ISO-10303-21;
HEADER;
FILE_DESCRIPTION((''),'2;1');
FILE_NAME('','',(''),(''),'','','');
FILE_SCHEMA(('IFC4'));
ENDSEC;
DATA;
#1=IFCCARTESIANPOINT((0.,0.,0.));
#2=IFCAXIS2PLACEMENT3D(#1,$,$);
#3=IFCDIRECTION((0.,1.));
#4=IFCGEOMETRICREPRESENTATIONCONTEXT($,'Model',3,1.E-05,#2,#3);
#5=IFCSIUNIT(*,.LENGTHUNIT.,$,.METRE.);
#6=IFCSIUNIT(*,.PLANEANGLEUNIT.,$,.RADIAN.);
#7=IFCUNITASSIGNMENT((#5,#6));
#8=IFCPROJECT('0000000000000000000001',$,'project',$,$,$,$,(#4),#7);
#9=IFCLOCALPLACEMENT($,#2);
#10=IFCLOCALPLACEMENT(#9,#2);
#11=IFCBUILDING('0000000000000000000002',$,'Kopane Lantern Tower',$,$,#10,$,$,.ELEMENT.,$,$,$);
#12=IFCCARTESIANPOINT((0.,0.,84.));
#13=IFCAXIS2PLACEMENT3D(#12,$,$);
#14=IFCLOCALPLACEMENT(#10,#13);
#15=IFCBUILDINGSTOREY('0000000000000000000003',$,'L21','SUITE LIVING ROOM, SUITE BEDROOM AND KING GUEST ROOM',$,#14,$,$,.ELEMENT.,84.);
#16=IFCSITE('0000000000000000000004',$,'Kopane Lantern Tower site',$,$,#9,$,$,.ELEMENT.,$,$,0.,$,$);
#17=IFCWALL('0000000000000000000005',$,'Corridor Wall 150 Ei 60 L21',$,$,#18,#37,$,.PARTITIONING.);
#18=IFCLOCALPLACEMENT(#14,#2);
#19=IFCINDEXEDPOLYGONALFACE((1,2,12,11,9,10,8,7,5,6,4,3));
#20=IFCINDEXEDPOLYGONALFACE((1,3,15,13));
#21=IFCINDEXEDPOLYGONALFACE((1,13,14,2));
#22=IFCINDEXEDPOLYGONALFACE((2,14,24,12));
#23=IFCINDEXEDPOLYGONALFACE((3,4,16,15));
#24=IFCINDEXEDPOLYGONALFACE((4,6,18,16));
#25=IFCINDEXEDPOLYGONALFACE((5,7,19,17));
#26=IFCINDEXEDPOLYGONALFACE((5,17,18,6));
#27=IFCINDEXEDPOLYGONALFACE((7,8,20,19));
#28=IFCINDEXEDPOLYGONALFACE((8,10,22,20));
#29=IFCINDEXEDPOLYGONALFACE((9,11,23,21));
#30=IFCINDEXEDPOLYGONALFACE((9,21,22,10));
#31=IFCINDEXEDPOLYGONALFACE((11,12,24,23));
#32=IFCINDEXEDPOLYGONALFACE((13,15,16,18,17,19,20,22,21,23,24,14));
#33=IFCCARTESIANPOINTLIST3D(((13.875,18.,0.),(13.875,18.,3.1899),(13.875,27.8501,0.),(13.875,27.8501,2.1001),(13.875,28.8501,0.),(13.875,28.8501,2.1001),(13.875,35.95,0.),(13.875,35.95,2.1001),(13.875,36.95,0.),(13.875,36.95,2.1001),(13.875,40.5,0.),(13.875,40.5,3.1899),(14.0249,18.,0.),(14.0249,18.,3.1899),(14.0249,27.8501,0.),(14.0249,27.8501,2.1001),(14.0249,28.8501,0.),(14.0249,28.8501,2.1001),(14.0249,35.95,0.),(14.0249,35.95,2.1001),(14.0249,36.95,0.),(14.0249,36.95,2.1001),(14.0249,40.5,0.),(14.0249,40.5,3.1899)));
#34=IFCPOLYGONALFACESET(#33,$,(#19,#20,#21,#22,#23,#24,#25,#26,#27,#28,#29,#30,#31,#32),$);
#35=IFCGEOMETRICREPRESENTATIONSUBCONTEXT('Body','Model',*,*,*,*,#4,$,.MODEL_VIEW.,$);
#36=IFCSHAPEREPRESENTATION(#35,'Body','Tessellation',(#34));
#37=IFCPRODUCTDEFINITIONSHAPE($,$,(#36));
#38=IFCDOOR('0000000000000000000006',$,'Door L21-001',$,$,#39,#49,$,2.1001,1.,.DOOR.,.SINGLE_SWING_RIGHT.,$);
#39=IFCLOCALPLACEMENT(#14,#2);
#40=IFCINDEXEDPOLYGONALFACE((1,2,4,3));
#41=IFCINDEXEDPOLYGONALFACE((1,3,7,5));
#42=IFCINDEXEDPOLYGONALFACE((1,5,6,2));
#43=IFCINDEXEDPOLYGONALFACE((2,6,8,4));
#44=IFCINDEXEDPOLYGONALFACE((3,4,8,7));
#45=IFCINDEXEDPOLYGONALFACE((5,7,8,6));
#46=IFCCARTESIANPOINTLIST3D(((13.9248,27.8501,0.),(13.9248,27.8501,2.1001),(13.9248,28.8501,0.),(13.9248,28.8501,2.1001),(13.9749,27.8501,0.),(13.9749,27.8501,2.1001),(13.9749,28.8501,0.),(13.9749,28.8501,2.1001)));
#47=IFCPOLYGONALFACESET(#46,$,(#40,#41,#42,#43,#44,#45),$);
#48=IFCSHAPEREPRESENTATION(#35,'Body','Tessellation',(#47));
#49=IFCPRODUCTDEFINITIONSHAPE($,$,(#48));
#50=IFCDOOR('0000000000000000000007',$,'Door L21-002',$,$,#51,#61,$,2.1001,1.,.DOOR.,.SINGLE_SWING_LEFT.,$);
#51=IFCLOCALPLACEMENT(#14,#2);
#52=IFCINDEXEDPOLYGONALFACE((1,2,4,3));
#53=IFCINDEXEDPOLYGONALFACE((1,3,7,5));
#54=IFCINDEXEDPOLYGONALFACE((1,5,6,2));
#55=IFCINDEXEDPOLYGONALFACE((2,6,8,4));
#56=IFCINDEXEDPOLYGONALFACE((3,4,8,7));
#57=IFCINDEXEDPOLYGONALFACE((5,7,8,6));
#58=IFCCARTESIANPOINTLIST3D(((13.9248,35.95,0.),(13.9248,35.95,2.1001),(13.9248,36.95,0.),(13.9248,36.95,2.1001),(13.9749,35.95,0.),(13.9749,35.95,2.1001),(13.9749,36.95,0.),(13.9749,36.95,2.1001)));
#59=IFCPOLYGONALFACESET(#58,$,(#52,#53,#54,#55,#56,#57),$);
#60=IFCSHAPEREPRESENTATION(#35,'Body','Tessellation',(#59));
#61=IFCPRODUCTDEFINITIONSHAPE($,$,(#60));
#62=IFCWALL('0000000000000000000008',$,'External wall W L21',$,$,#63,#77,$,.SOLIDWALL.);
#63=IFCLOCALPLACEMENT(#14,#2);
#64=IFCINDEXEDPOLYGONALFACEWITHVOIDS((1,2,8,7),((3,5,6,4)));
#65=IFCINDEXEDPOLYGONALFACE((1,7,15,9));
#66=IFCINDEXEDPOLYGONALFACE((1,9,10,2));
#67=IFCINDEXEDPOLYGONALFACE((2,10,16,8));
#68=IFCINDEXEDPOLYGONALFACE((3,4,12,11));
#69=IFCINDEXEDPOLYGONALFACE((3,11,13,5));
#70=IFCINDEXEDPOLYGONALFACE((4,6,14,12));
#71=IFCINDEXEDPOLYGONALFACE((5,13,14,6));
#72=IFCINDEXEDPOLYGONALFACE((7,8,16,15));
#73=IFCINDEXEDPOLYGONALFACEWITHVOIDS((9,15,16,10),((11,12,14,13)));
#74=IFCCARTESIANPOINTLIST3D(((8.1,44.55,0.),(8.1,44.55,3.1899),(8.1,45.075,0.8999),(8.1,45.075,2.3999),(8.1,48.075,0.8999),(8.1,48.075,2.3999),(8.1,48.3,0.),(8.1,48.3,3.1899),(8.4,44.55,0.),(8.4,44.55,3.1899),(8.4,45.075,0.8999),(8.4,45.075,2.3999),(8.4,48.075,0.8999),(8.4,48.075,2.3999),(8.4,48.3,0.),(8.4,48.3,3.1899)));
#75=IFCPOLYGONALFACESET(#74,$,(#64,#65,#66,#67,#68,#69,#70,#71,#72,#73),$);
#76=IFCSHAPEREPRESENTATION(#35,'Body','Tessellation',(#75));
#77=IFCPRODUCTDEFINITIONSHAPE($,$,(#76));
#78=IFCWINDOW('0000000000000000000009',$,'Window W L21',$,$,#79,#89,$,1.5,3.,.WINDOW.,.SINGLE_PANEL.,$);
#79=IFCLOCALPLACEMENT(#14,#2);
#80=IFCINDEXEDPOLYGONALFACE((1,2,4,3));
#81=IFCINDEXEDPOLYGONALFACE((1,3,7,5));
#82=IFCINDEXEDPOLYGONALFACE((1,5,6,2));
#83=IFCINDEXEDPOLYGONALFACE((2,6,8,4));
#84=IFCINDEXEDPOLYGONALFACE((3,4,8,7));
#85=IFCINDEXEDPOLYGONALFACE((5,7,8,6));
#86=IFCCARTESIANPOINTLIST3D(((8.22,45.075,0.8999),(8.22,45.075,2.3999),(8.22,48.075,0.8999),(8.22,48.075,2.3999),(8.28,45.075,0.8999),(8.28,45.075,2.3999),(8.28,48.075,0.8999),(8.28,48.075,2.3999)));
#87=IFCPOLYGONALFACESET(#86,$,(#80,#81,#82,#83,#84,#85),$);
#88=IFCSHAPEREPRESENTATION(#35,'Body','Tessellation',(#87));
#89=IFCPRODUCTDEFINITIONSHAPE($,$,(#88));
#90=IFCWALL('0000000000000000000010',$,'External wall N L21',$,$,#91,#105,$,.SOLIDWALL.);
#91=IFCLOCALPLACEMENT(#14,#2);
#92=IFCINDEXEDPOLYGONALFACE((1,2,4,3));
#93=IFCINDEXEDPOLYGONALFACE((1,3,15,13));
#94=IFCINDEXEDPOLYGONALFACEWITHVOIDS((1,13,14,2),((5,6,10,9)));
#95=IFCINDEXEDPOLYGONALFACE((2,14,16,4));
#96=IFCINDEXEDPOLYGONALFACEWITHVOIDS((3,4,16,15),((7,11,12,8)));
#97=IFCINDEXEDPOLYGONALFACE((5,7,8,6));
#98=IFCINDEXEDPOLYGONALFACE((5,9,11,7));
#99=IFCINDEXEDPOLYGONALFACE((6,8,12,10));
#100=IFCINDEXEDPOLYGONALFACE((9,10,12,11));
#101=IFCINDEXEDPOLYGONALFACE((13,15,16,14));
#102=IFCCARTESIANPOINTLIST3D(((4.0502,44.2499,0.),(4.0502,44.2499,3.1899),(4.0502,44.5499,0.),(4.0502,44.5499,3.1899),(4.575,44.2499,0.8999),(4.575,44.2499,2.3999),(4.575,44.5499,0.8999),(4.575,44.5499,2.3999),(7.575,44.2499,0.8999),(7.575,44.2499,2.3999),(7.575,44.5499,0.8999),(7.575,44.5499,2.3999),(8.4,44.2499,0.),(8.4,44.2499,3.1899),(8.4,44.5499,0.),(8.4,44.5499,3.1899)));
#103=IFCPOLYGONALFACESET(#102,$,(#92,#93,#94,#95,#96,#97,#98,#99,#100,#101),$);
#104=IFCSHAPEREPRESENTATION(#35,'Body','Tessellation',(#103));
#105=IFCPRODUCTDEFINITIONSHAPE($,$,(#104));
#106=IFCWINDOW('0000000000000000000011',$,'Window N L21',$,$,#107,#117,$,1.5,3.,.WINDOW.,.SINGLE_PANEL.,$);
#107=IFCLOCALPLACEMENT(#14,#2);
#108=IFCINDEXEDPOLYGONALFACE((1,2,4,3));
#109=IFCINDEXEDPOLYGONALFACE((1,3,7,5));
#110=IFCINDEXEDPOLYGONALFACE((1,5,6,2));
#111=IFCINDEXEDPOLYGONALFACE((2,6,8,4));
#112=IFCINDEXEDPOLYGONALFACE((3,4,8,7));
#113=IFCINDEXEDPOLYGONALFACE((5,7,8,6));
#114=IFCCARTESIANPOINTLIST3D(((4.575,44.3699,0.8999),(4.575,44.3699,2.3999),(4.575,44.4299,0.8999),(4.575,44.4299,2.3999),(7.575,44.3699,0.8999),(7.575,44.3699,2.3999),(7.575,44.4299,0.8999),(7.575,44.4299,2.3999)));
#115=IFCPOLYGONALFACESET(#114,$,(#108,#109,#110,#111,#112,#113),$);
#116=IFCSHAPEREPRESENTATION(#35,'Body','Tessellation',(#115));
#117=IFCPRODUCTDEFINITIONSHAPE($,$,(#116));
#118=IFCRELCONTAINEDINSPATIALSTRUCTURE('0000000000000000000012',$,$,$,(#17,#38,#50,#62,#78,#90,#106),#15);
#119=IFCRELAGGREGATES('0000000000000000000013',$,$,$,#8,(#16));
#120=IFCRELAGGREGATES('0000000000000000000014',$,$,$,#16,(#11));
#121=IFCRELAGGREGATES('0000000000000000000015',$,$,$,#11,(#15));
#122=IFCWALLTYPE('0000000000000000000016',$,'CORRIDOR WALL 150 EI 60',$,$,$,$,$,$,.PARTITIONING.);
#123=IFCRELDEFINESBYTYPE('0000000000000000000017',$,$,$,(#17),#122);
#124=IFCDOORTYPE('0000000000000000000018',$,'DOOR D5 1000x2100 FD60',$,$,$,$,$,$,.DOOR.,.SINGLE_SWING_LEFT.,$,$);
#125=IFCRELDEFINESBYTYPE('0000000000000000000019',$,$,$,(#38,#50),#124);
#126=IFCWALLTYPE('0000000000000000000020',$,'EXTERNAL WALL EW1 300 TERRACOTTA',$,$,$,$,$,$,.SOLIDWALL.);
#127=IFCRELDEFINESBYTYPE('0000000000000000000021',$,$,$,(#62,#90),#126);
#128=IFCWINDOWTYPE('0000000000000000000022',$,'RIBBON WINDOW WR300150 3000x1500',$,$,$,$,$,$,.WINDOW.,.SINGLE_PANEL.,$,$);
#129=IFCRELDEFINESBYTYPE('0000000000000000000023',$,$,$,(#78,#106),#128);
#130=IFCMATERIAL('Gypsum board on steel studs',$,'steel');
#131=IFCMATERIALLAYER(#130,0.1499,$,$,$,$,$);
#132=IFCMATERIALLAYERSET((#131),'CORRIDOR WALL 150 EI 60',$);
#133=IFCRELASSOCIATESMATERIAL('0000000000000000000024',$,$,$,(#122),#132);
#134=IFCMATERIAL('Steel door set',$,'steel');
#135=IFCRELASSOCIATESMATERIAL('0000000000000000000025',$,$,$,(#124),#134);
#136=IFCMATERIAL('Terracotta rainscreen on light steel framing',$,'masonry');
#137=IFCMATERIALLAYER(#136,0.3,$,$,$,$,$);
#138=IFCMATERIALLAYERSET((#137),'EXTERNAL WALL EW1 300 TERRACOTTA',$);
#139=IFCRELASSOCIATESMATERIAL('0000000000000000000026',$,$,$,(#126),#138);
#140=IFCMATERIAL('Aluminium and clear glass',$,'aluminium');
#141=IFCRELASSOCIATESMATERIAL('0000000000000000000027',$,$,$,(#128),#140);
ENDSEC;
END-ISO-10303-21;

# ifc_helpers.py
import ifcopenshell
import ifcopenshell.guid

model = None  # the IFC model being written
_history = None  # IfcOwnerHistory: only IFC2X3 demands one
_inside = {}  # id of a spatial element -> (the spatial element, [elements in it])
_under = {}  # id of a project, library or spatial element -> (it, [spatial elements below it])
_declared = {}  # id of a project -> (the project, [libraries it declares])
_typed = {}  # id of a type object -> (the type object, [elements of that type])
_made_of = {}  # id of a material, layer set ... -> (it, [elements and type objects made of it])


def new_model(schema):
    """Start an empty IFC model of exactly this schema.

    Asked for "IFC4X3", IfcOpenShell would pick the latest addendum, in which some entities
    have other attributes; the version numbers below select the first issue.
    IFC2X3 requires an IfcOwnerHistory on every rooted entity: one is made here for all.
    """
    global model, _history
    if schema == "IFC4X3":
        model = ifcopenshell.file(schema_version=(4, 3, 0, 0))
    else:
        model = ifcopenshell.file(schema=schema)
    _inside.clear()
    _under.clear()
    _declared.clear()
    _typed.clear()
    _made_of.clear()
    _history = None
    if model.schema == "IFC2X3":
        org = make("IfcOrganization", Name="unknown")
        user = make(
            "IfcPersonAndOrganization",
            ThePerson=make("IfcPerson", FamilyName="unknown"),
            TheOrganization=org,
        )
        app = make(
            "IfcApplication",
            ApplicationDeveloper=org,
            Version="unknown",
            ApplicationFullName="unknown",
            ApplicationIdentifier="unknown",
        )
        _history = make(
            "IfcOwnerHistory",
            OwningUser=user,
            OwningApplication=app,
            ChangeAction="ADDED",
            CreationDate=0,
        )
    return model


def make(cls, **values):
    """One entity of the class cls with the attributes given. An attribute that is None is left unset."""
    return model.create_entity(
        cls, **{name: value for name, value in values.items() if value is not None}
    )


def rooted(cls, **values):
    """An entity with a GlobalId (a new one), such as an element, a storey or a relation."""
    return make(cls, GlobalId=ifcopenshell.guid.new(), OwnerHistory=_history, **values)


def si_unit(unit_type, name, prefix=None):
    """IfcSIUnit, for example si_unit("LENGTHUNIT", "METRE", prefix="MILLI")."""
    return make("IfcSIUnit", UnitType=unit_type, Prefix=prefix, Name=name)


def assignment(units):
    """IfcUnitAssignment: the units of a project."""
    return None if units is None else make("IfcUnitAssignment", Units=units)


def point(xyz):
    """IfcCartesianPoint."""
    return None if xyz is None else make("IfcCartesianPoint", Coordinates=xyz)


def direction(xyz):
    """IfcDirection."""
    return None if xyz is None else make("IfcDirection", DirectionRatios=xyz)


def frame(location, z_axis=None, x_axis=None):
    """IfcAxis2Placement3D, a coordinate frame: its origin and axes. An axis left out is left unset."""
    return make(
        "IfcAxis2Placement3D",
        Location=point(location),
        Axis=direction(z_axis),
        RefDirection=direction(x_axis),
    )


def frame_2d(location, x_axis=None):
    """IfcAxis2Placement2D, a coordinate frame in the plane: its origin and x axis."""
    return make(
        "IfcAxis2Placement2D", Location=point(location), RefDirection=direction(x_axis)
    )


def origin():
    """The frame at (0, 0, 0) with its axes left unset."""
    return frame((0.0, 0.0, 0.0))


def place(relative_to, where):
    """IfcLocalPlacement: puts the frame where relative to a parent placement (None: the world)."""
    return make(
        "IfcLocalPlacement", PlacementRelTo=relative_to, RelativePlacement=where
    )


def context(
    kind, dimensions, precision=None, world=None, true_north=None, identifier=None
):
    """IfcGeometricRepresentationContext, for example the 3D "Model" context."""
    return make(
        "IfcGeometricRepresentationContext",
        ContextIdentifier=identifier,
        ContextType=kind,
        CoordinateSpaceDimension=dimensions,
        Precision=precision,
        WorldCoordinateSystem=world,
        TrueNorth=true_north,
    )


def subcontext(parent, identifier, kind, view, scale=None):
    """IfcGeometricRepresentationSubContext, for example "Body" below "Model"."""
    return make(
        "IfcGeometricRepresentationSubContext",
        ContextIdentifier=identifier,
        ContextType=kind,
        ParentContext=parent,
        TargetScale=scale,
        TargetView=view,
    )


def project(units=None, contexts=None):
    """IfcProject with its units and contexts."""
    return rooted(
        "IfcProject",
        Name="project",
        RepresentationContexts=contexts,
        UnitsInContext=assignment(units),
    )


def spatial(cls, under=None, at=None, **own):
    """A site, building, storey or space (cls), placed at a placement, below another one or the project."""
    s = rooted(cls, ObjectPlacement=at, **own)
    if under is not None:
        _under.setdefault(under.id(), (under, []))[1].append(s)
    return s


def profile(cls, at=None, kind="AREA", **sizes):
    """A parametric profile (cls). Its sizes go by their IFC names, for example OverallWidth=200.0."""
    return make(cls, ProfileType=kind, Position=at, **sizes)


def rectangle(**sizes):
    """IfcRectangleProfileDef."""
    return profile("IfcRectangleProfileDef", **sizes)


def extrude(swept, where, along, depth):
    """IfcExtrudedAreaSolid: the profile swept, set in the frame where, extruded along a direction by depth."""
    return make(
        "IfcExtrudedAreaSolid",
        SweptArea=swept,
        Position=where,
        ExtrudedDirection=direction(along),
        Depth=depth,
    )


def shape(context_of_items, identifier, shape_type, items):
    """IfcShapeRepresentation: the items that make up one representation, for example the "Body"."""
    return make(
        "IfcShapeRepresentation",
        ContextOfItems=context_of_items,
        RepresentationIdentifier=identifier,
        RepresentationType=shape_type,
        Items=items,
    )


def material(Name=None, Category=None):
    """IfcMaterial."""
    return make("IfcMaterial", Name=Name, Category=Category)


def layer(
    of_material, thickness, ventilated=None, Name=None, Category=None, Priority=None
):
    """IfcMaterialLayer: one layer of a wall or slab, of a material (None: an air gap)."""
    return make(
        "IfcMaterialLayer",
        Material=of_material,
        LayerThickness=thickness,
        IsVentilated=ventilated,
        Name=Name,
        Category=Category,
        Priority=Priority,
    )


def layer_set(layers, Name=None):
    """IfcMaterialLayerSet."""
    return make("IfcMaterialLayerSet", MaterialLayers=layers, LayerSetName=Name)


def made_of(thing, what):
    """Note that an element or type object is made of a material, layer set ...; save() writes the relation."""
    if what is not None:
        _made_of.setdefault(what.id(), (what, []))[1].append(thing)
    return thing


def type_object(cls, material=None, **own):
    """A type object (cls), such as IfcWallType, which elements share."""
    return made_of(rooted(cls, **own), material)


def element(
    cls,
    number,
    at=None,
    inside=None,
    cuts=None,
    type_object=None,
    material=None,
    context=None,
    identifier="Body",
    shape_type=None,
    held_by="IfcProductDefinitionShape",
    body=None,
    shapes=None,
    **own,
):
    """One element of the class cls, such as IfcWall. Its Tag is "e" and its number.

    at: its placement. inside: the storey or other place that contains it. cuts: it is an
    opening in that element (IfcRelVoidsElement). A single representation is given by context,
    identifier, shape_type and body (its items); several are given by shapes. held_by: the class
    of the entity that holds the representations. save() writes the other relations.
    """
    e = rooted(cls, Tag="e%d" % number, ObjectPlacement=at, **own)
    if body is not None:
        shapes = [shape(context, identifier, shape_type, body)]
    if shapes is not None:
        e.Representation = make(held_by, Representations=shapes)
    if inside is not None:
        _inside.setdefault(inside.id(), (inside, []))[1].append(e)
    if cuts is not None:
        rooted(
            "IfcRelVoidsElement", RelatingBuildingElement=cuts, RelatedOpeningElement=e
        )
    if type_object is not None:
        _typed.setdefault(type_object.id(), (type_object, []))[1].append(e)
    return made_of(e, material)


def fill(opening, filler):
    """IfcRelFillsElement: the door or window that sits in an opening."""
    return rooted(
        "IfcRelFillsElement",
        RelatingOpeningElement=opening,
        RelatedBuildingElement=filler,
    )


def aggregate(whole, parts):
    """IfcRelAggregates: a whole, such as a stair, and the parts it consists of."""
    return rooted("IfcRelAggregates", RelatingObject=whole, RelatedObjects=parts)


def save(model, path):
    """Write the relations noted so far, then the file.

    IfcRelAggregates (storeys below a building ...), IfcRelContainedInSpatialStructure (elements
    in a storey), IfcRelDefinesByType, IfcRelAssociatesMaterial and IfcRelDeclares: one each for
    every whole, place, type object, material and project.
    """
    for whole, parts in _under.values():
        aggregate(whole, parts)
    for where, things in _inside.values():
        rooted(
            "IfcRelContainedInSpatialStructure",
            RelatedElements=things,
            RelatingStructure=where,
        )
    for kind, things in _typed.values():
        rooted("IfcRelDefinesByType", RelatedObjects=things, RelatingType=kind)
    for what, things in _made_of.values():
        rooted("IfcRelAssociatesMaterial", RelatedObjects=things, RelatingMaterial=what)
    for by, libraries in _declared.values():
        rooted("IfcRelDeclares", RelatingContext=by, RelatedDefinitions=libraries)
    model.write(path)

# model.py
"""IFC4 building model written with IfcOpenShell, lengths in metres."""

from ifc_helpers import new_model, si_unit, direction, frame, frame_2d, origin, place, context, subcontext, project, spatial, rectangle, extrude, material, layer, layer_set, type_object, element, fill, save


model = new_model("IFC4")

# Units and contexts
model_context = context("Model", 3, precision=1e-05, world=origin(), true_north=direction((0.0, 1.0)))
body_context = subcontext(model_context, "Body", "Model", "MODEL_VIEW")
ifc_project = project(units=[si_unit("LENGTHUNIT", "METRE"), si_unit("PLANEANGLEUNIT", "RADIAN")], contexts=[model_context])

# Site, building, storey
site_placement = place(None, origin())
site = spatial("IfcSite", under=ifc_project, at=site_placement, Name="Kopane Lantern Tower site", CompositionType="ELEMENT", RefElevation=0.0)
building_placement = place(site_placement, origin())
building = spatial("IfcBuilding", under=site, at=building_placement, Name="Kopane Lantern Tower", CompositionType="ELEMENT")
storey_placement = place(building_placement, frame((0.0, 0.0, 84.0)))
storey = spatial("IfcBuildingStorey", under=building, at=storey_placement, Name="L21", Description="SUITE LIVING ROOM, SUITE BEDROOM AND KING GUEST ROOM", CompositionType="ELEMENT", Elevation=84.0)

# Shared definitions
ifc_material_1 = material(Name="Gypsum board on steel studs", Category="steel")
ifc_layer_1 = layer(ifc_material_1, 0.1499)
ifc_layer_set_1 = layer_set([ifc_layer_1], Name="CORRIDOR WALL 150 EI 60")
wall_type_1 = type_object("IfcWallType", Name="CORRIDOR WALL 150 EI 60", PredefinedType="PARTITIONING", material=ifc_layer_set_1)

# Wall, openings, doors
wall_1_placement = place(storey_placement, frame((13.95, 40.5, 0.0), z_axis=(0.0, 0.0, 1.0), x_axis=(0.0, -1.0, 0.0)))
wall_1 = element("IfcWall", 1, at=wall_1_placement, inside=storey, type_object=wall_type_1, Name="Corridor Wall 150 Ei 60 L21", PredefinedType="PARTITIONING", context=body_context, shape_type="SweptSolid", body=[
    extrude(rectangle(XDim=22.5, YDim=0.1499, at=frame_2d((11.25, 0.0))), origin(), (0.0, 0.0, 1.0), 3.1899),
])
opening_1_placement = place(wall_1_placement, frame((11.6499, 0.0, 0.0)))
opening_1 = element("IfcOpeningElement", 2, at=opening_1_placement, cuts=wall_1, PredefinedType="OPENING", context=body_context, shape_type="SweptSolid", body=[
    extrude(rectangle(XDim=1.0, YDim=2.1001, at=frame_2d((0.5, 1.05))), frame((0.0, 0.085, 0.0), z_axis=(0.0, -1.0, 0.0), x_axis=(1.0, 0.0, 0.0)), (0.0, 0.0, 1.0), 0.1699),
])
opening_2_placement = place(wall_1_placement, frame((3.55, 0.0, 0.0)))
opening_2 = element("IfcOpeningElement", 3, at=opening_2_placement, cuts=wall_1, PredefinedType="OPENING", context=body_context, shape_type="SweptSolid", body=[
    extrude(rectangle(XDim=1.0, YDim=2.1001, at=frame_2d((0.5, 1.05))), frame((0.0, 0.085, 0.0), z_axis=(0.0, -1.0, 0.0), x_axis=(1.0, 0.0, 0.0)), (0.0, 0.0, 1.0), 0.1699),
])
ifc_material_2 = material(Name="Steel door set", Category="steel")
door_type_1 = type_object("IfcDoorType", Name="DOOR D5 1000x2100 FD60", OperationType="SINGLE_SWING_LEFT", PredefinedType="DOOR", material=ifc_material_2)
door_1_placement = place(opening_1_placement, origin())
door_1 = element("IfcDoor", 4, at=door_1_placement, inside=storey, type_object=door_type_1, Name="Door L21-001", OperationType="SINGLE_SWING_RIGHT", OverallHeight=2.1001, OverallWidth=1.0, PredefinedType="DOOR", context=body_context, shape_type="SweptSolid", body=[
    extrude(rectangle(XDim=1.0, YDim=2.1001, at=frame_2d((0.5, 1.05))), frame((0.0, 0.0249, 0.0), z_axis=(0.0, -1.0, 0.0), x_axis=(1.0, 0.0, 0.0)), (0.0, 0.0, 1.0), 0.05),
])
fill(opening_1, door_1)
door_2_placement = place(opening_2_placement, origin())
door_2 = element("IfcDoor", 5, at=door_2_placement, inside=storey, type_object=door_type_1, Name="Door L21-002", OperationType="SINGLE_SWING_LEFT", OverallHeight=2.1001, OverallWidth=1.0, PredefinedType="DOOR", context=body_context, shape_type="SweptSolid", body=[
    extrude(rectangle(XDim=1.0, YDim=2.1001, at=frame_2d((0.5, 1.05))), frame((0.0, 0.0249, 0.0), z_axis=(0.0, -1.0, 0.0), x_axis=(1.0, 0.0, 0.0)), (0.0, 0.0, 1.0), 0.05),
])
fill(opening_2, door_2)

# Walls, openings, windows
ifc_material_3 = material(Name="Terracotta rainscreen on light steel framing", Category="masonry")
ifc_layer_2 = layer(ifc_material_3, 0.3)
ifc_layer_set_2 = layer_set([ifc_layer_2], Name="EXTERNAL WALL EW1 300 TERRACOTTA")
wall_type_2 = type_object("IfcWallType", Name="EXTERNAL WALL EW1 300 TERRACOTTA", PredefinedType="SOLIDWALL", material=ifc_layer_set_2)
wall_2_placement = place(storey_placement, frame((8.25, 48.3, 0.0), z_axis=(0.0, 0.0, 1.0), x_axis=(0.0, -1.0, 0.0)))
wall_2 = element("IfcWall", 6, at=wall_2_placement, inside=storey, type_object=wall_type_2, Name="External wall W L21", PredefinedType="SOLIDWALL", context=body_context, shape_type="SweptSolid", body=[
    extrude(rectangle(XDim=3.75, YDim=0.3, at=frame_2d((1.875, 0.0))), origin(), (0.0, 0.0, 1.0), 3.1899),
])
opening_3_placement = place(wall_2_placement, frame((0.2251, 0.0, 0.8999)))
opening_3 = element("IfcOpeningElement", 7, at=opening_3_placement, cuts=wall_2, PredefinedType="OPENING", context=body_context, shape_type="SweptSolid", body=[
    extrude(rectangle(XDim=3.0, YDim=1.5, at=frame_2d((1.5, 0.75))), frame((0.0, 0.1599, 0.0), z_axis=(0.0, -1.0, 0.0), x_axis=(1.0, 0.0, 0.0)), (0.0, 0.0, 1.0), 0.3201),
])
ifc_material_4 = material(Name="Aluminium and clear glass", Category="aluminium")
window_type = type_object("IfcWindowType", Name="RIBBON WINDOW WR300150 3000x1500", PartitioningType="SINGLE_PANEL", PredefinedType="WINDOW", material=ifc_material_4)
window_1_placement = place(opening_3_placement, origin())
window_1 = element("IfcWindow", 8, at=window_1_placement, inside=storey, type_object=window_type, Name="Window W L21", OverallHeight=1.5, OverallWidth=3.0, PartitioningType="SINGLE_PANEL", PredefinedType="WINDOW", context=body_context, shape_type="SweptSolid", body=[
    extrude(rectangle(XDim=3.0, YDim=1.5, at=frame_2d((1.5, 0.75))), frame((0.0, 0.03, 0.0), z_axis=(0.0, -1.0, 0.0), x_axis=(1.0, 0.0, 0.0)), (0.0, 0.0, 1.0), 0.0601),
])
fill(opening_3, window_1)
wall_3_placement = place(storey_placement, frame((8.3999, 44.3999, 0.0), z_axis=(0.0, 0.0, 1.0), x_axis=(-1.0, 0.0, 0.0)))
wall_3 = element("IfcWall", 9, at=wall_3_placement, inside=storey, type_object=wall_type_2, Name="External wall N L21", PredefinedType="SOLIDWALL", context=body_context, shape_type="SweptSolid", body=[
    extrude(rectangle(XDim=4.3499, YDim=0.3, at=frame_2d((2.1748, 0.0))), origin(), (0.0, 0.0, 1.0), 3.1899),
])
opening_4_placement = place(wall_3_placement, frame((0.825, 0.0, 0.8999)))
opening_4 = element("IfcOpeningElement", 10, at=opening_4_placement, cuts=wall_3, PredefinedType="OPENING", context=body_context, shape_type="SweptSolid", body=[
    extrude(rectangle(XDim=3.0, YDim=1.5, at=frame_2d((1.5, 0.75))), frame((0.0, 0.1599, 0.0), z_axis=(0.0, -1.0, 0.0), x_axis=(1.0, 0.0, 0.0)), (0.0, 0.0, 1.0), 0.3201),
])
window_2_placement = place(opening_4_placement, origin())
window_2 = element("IfcWindow", 11, at=window_2_placement, inside=storey, type_object=window_type, Name="Window N L21", OverallHeight=1.5, OverallWidth=3.0, PartitioningType="SINGLE_PANEL", PredefinedType="WINDOW", context=body_context, shape_type="SweptSolid", body=[
    extrude(rectangle(XDim=3.0, YDim=1.5, at=frame_2d((1.5, 0.75))), frame((0.0, 0.03, 0.0), z_axis=(0.0, -1.0, 0.0), x_axis=(1.0, 0.0, 0.0)), (0.0, 0.0, 1.0), 0.0601),
])
fill(opening_4, window_2)

save(model, "model.ifc")
